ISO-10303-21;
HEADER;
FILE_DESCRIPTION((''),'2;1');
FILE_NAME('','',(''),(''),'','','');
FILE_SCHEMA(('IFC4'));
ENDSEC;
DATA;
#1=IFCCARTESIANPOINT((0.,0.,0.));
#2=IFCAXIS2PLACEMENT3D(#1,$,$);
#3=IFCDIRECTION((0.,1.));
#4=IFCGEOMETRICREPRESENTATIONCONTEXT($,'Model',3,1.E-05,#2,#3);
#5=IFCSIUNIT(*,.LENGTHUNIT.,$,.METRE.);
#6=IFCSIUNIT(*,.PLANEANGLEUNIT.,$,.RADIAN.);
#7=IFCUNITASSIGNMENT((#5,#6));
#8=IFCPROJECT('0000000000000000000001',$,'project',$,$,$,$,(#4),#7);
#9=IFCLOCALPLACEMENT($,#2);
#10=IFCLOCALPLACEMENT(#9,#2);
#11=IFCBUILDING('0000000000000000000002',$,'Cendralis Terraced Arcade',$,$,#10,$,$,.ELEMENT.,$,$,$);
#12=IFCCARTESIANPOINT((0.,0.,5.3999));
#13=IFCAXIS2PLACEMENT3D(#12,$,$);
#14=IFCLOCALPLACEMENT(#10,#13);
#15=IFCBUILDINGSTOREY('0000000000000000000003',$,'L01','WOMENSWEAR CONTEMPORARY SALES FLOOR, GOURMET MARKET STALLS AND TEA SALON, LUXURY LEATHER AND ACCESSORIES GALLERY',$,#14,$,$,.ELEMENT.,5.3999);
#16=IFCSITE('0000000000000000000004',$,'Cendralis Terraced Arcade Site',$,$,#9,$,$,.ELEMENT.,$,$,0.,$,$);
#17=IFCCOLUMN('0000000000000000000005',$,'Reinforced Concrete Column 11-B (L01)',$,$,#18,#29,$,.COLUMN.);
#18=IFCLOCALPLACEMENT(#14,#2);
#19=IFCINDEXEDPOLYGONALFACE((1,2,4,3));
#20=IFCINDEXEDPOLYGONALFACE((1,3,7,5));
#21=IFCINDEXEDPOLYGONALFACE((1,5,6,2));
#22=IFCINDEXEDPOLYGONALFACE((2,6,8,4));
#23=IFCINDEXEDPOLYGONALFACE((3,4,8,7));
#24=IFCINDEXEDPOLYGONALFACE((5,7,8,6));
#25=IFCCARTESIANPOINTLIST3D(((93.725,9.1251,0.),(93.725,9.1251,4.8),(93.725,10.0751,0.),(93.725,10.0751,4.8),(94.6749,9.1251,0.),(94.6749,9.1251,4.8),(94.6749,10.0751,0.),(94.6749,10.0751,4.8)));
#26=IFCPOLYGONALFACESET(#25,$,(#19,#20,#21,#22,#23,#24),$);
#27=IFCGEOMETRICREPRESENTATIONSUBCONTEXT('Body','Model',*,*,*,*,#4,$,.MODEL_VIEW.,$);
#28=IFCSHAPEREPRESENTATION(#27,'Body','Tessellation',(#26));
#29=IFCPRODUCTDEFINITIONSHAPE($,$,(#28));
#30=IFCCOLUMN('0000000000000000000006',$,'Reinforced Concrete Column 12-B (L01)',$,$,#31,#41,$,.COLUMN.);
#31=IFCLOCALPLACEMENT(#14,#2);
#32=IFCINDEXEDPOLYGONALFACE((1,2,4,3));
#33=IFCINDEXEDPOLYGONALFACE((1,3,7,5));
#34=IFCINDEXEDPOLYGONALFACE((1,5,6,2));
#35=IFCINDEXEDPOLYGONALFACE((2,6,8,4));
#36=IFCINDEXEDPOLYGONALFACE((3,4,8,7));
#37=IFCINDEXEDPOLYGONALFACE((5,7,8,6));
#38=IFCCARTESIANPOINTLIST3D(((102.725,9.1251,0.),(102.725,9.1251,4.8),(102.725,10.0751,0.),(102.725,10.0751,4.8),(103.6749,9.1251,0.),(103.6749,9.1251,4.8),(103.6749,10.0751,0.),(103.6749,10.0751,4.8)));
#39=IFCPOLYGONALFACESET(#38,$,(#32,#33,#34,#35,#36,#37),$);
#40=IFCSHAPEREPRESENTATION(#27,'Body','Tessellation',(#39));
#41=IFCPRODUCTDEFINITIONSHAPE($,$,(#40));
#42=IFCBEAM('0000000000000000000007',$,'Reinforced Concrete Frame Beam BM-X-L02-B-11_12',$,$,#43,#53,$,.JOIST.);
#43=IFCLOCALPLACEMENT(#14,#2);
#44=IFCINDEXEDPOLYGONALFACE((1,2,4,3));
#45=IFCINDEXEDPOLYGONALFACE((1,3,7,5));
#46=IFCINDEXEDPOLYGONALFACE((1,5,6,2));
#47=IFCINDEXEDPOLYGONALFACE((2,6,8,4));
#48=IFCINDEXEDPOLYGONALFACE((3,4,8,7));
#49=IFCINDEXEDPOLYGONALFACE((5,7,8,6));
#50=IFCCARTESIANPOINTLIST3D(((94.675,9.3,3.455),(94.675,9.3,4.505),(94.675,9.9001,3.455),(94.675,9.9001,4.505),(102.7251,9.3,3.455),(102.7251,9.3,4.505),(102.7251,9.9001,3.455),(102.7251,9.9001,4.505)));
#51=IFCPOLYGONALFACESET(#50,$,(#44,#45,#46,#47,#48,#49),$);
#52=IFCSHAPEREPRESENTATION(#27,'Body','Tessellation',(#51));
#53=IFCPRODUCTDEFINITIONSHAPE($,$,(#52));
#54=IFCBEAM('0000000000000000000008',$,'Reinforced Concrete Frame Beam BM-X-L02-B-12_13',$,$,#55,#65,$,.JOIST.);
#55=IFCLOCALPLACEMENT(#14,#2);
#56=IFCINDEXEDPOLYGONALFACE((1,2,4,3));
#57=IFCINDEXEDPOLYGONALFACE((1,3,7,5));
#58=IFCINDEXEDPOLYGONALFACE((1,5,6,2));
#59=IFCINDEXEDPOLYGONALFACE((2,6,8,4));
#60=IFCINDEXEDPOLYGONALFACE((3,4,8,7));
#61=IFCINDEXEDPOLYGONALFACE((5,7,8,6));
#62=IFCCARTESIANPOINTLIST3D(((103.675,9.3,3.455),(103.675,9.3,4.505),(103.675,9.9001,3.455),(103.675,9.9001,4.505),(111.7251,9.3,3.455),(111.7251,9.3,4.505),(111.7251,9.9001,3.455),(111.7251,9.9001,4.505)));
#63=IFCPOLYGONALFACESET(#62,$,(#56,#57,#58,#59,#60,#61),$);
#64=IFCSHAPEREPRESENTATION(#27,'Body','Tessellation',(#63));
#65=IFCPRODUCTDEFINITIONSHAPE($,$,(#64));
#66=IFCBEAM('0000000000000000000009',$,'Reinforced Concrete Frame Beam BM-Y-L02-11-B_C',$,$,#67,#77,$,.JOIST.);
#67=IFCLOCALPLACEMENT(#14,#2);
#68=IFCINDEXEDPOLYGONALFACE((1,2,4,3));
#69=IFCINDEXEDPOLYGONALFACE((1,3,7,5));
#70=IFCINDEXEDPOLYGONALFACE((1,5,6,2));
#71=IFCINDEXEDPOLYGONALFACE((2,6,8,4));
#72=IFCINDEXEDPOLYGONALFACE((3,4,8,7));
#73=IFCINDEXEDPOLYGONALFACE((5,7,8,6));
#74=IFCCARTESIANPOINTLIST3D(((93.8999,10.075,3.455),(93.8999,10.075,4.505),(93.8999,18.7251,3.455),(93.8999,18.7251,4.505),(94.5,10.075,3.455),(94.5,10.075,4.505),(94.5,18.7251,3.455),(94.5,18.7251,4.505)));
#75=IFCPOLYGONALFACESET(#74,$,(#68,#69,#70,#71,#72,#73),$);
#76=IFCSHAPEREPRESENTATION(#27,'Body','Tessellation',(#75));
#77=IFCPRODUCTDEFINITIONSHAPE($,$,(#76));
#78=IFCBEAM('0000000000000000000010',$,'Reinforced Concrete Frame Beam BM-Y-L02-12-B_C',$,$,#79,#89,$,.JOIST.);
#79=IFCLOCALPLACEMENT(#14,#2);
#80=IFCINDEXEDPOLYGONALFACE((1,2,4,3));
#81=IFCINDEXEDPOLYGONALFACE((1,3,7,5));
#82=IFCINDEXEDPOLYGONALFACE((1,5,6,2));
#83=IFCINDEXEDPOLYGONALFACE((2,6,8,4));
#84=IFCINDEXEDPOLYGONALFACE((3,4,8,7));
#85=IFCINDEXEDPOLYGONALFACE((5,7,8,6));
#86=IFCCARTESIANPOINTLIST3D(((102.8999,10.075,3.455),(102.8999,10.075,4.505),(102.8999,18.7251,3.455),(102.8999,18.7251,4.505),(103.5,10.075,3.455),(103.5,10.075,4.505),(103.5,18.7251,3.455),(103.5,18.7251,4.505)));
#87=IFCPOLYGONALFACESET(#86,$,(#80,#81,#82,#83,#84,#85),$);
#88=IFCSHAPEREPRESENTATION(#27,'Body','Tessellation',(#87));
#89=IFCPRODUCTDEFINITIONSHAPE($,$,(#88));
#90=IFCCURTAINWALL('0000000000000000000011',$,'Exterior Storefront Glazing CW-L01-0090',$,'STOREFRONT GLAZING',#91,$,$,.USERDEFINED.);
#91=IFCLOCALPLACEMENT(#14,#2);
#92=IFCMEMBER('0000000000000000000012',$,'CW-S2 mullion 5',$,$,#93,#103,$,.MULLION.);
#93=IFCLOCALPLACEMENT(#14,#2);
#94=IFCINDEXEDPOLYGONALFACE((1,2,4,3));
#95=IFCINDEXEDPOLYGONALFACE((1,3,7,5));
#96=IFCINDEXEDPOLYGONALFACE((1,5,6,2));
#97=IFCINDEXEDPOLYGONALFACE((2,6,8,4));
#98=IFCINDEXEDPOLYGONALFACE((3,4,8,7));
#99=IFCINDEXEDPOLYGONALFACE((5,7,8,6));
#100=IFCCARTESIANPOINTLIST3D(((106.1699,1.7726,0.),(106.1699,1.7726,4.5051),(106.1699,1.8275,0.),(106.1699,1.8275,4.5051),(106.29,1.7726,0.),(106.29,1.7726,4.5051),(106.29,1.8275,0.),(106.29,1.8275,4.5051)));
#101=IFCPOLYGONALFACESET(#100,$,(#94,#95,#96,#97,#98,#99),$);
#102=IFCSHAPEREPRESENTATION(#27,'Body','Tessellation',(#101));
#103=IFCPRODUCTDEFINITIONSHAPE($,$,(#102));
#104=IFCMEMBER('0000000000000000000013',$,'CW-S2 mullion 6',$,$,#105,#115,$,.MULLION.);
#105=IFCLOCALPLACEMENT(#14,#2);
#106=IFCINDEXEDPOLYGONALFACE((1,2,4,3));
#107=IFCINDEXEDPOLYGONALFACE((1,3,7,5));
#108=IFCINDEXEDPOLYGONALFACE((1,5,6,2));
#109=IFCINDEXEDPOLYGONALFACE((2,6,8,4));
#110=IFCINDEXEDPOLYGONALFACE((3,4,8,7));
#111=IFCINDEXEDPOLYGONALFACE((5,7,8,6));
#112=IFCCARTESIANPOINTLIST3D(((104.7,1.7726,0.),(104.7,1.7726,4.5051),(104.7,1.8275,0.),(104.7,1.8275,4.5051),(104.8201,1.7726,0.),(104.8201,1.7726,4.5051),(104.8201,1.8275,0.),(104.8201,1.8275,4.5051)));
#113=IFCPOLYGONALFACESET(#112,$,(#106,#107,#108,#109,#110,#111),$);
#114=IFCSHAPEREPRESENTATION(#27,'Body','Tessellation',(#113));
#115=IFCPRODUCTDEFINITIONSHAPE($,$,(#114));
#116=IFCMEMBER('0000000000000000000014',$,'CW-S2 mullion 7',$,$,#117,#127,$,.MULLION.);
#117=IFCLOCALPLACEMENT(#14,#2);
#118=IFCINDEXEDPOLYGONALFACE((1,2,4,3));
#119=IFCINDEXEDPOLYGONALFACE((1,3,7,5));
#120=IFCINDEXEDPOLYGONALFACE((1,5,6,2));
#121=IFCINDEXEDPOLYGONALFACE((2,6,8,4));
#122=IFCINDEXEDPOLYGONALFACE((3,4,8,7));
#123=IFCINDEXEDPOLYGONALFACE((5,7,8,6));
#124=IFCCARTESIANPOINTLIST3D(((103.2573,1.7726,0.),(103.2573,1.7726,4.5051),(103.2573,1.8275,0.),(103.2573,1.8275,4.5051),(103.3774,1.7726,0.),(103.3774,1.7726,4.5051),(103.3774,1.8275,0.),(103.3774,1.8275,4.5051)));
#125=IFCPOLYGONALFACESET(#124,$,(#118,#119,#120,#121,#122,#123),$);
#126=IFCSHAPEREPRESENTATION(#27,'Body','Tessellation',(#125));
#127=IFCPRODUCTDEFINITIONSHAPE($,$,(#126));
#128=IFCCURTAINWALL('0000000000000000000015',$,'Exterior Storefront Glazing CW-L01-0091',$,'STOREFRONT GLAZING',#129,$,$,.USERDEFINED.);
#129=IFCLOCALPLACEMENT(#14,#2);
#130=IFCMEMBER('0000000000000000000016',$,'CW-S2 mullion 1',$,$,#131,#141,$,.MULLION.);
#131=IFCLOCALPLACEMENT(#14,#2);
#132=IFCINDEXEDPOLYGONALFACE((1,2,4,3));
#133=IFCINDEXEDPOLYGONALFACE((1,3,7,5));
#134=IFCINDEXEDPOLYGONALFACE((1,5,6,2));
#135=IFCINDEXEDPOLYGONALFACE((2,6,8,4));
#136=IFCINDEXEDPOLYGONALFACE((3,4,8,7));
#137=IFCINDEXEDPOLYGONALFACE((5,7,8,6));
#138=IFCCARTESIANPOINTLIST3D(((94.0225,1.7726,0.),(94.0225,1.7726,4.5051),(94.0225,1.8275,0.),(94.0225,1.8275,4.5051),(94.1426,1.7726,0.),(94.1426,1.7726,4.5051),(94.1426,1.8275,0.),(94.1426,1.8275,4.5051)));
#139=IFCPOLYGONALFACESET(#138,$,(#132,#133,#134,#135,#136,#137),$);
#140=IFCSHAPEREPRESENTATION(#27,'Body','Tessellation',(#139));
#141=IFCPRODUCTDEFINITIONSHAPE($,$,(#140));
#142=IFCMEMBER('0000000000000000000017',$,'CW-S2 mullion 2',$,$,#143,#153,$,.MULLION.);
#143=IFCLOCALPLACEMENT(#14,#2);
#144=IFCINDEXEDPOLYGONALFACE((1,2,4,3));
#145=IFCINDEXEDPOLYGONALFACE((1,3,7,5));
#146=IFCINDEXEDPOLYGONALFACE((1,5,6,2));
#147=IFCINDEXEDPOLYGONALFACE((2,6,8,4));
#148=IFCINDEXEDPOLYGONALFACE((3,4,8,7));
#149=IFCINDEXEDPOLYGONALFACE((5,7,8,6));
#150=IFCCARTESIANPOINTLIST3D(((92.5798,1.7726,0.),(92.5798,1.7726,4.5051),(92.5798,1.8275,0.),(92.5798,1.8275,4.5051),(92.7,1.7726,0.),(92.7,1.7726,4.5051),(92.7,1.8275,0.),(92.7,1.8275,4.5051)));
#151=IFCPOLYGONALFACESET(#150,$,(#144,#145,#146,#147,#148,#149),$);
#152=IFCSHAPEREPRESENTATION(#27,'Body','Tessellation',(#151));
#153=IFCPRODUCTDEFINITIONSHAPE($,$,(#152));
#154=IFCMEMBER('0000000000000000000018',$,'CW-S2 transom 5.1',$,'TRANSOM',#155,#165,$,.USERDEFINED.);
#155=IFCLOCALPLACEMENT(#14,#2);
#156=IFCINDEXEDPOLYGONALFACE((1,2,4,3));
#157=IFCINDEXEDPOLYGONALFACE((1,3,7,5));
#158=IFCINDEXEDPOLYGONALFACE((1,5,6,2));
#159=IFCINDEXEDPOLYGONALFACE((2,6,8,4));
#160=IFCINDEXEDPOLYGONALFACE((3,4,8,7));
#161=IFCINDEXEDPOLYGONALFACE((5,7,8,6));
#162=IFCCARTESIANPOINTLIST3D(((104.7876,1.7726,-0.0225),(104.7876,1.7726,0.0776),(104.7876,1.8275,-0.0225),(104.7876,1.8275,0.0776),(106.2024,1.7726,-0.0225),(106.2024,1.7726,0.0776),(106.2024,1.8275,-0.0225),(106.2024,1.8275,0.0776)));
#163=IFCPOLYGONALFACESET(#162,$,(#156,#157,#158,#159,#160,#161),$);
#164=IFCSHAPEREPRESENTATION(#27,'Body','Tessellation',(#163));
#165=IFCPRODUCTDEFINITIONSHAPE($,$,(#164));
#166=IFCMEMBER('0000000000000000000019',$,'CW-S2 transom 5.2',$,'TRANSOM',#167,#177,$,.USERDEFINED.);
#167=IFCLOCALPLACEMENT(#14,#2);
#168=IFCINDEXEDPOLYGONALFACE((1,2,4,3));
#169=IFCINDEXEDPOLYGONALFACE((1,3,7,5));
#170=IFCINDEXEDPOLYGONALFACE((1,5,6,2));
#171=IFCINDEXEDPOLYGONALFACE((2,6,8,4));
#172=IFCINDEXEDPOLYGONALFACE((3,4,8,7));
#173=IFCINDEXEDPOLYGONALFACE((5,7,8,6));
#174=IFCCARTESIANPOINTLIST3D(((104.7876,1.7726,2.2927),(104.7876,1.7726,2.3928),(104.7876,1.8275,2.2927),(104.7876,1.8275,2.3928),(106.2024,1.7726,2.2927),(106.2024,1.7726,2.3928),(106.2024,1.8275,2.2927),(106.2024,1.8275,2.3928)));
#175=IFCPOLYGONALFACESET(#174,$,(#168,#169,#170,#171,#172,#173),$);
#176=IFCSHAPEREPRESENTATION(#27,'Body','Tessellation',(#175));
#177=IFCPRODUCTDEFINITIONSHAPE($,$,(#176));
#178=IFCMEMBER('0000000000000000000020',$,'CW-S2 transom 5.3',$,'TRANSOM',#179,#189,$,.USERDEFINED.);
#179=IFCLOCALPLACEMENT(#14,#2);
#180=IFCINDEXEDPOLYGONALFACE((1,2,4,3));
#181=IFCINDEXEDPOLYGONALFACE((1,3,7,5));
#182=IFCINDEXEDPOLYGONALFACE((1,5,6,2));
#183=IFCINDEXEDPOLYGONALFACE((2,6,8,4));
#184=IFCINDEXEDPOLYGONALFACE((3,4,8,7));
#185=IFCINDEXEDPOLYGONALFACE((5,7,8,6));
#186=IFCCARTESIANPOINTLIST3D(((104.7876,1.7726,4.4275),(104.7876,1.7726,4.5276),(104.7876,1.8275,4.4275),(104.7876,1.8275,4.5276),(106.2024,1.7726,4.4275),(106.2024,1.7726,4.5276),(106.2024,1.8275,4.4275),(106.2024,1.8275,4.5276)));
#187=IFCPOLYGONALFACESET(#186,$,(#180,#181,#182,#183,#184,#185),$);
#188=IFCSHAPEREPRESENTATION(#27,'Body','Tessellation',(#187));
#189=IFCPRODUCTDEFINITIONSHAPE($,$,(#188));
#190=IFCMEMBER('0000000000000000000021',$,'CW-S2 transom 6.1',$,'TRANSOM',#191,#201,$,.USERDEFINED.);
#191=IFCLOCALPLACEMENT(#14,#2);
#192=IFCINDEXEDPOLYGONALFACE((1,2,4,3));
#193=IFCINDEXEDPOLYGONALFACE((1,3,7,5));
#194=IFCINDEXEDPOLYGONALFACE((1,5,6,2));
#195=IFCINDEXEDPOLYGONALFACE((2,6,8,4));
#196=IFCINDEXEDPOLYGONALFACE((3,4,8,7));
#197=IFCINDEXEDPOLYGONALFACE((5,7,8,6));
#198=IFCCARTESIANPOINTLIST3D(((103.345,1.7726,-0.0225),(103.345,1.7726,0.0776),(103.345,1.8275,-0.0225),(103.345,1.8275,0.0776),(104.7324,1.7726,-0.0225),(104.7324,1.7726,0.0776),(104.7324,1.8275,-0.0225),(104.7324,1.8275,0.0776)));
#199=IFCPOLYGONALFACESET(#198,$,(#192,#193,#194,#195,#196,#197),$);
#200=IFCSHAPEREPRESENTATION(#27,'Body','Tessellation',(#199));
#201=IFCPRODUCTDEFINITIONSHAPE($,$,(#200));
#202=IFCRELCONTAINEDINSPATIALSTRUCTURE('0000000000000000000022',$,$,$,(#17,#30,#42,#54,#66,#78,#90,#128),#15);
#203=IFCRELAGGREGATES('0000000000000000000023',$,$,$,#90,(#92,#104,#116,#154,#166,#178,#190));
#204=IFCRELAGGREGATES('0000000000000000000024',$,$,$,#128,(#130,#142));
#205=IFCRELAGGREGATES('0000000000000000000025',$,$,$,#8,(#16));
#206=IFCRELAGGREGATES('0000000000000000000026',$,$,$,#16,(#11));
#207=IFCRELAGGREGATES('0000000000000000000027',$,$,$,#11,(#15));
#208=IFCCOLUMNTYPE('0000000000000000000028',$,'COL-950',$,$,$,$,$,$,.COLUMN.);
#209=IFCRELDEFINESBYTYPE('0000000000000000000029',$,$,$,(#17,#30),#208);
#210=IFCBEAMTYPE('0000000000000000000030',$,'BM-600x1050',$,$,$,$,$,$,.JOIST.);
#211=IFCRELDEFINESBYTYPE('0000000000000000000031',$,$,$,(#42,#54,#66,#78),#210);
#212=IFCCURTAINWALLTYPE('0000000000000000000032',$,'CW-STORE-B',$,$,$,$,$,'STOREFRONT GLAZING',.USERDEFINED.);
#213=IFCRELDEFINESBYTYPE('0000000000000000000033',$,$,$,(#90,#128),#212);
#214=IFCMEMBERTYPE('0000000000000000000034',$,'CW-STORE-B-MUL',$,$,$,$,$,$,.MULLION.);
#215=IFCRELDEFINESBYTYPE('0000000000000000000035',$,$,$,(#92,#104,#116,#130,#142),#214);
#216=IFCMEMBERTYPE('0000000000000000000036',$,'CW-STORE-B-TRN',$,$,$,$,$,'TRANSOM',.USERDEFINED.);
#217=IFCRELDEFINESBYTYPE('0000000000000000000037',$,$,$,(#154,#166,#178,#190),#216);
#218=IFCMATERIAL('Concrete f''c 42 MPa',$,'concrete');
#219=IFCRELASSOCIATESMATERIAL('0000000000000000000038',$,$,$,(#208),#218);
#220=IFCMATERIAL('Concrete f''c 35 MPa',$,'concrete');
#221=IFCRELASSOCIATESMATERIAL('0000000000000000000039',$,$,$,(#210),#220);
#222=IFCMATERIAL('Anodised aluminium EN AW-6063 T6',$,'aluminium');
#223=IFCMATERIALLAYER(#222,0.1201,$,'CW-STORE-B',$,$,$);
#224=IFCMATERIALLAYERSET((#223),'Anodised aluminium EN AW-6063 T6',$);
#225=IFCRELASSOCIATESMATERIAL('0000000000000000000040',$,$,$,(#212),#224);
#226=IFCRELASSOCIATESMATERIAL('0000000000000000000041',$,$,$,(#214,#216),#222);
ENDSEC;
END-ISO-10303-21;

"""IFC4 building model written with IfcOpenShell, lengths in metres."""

from ifc_helpers import new_model, si_unit, direction, frame, origin, origin_2d, place, context, subcontext, project, spatial, rectangle, extrude, material, layer, layer_set, material_profile, profile_set, type_object, element, aggregate, save


model = new_model("IFC4")

# Units and contexts
model_context = context("Model", 3, precision=1e-05, world=origin(), true_north=direction((0.0, 1.0)))
body_context = subcontext(model_context, "Body", "Model", "MODEL_VIEW")
ifc_project = project(units=[si_unit("LENGTHUNIT", "METRE"), si_unit("PLANEANGLEUNIT", "RADIAN")], contexts=[model_context])

# Site, building, storey
site_placement = place(None, origin())
site = spatial("IfcSite", under=ifc_project, at=site_placement, Name="Cendralis Terraced Arcade Site", CompositionType="ELEMENT", RefElevation=0.0)
building_placement = place(site_placement, origin())
building = spatial("IfcBuilding", under=site, at=building_placement, Name="Cendralis Terraced Arcade", CompositionType="ELEMENT")
storey_placement = place(building_placement, frame((0.0, 0.0, 5.3999)))
storey = spatial("IfcBuildingStorey", under=building, at=storey_placement, Name="L01", Description="WOMENSWEAR CONTEMPORARY SALES FLOOR, GOURMET MARKET STALLS AND TEA SALON, LUXURY LEATHER AND ACCESSORIES GALLERY", CompositionType="ELEMENT", Elevation=5.3999)

# Columns
ifc_material_1 = material(Name="Concrete f'c 42 MPa", Category="concrete")
ifc_material_profile_1 = material_profile(ifc_material_1, rectangle(XDim=0.95, YDim=0.95, at=origin_2d()), Name="RC-COL-950x950", Category="LoadBearing")
ifc_profile_set_1 = profile_set([ifc_material_profile_1], Name="Concrete f'c 42 MPa")
column_type = type_object("IfcColumnType", Name="COL-950", PredefinedType="COLUMN", material=ifc_profile_set_1)
for number, where, z_axis, x_axis, name in (
    (1, (94.2, 9.6001, 0.0), (0.0, 0.0, 1.0), (1.0, 0.0, 0.0), "Reinforced Concrete Column 11-B (L01)"),
    (2, (103.2, 9.6001, 0.0), (0.0, 0.0, 1.0), (1.0, 0.0, 0.0), "Reinforced Concrete Column 12-B (L01)"),
):
    element("IfcColumn", number, at=place(storey_placement, frame(where, z_axis=z_axis, x_axis=x_axis)), inside=storey, type_object=column_type, Name=name, PredefinedType="COLUMN", context=body_context, shape_type="SweptSolid", body=[
        extrude(rectangle(XDim=0.95, YDim=0.95, at=origin_2d()), origin(), (0.0, 0.0, 1.0), 4.8),
    ])

# Beams
ifc_material_2 = material(Name="Concrete f'c 35 MPa", Category="concrete")
ifc_material_profile_2 = material_profile(ifc_material_2, rectangle(XDim=0.6001, YDim=1.05, at=origin_2d()), Name="RC-BM-600x1050", Category="LoadBearing")
ifc_profile_set_2 = profile_set([ifc_material_profile_2], Name="Concrete f'c 35 MPa")
beam_type = type_object("IfcBeamType", Name="BM-600x1050", PredefinedType="JOIST", material=ifc_profile_set_2)
for number, where, z_axis, x_axis, name in (
    (3, (94.675, 9.6001, 3.98), (1.0, 0.0, 0.0), (0.0, 1.0, 0.0), "Reinforced Concrete Frame Beam BM-X-L02-B-11_12"),
    (4, (103.675, 9.6001, 3.98), (1.0, 0.0, 0.0), (0.0, 1.0, 0.0), "Reinforced Concrete Frame Beam BM-X-L02-B-12_13"),
):
    element("IfcBeam", number, at=place(storey_placement, frame(where, z_axis=z_axis, x_axis=x_axis)), inside=storey, type_object=beam_type, Name=name, PredefinedType="JOIST", context=body_context, shape_type="SweptSolid", body=[
        extrude(rectangle(XDim=0.6001, YDim=1.05, at=origin_2d()), origin(), (0.0, 0.0, 1.0), 8.05),
    ])
for number, where, z_axis, x_axis, name in (
    (5, (94.2, 10.075, 3.98), (0.0, 1.0, 0.0), (-1.0, 0.0, 0.0), "Reinforced Concrete Frame Beam BM-Y-L02-11-B_C"),
    (6, (103.2, 10.075, 3.98), (0.0, 1.0, 0.0), (-1.0, 0.0, 0.0), "Reinforced Concrete Frame Beam BM-Y-L02-12-B_C"),
):
    element("IfcBeam", number, at=place(storey_placement, frame(where, z_axis=z_axis, x_axis=x_axis)), inside=storey, type_object=beam_type, Name=name, PredefinedType="JOIST", context=body_context, shape_type="SweptSolid", body=[
        extrude(rectangle(XDim=0.6001, YDim=1.05, at=origin_2d()), origin(), (0.0, 0.0, 1.0), 8.6501),
    ])

# Curtain walls, members
ifc_material_3 = material(Name="Anodised aluminium EN AW-6063 T6", Category="aluminium")
ifc_layer_1 = layer(ifc_material_3, 0.1201, Name="CW-STORE-B")
ifc_layer_set_1 = layer_set([ifc_layer_1], Name="Anodised aluminium EN AW-6063 T6")
curtain_wall_type = type_object("IfcCurtainWallType", Name="CW-STORE-B", ElementType="STOREFRONT GLAZING", PredefinedType="USERDEFINED", material=ifc_layer_set_1)
curtain_wall_1_placement = place(storey_placement, origin())
curtain_wall_1 = element("IfcCurtainWall", 7, at=curtain_wall_1_placement, inside=storey, type_object=curtain_wall_type, Name="Exterior Storefront Glazing CW-L01-0090", ObjectType="STOREFRONT GLAZING", PredefinedType="USERDEFINED")
ifc_material_profile_3 = material_profile(ifc_material_3, rectangle(XDim=0.0549, YDim=0.1201, at=origin_2d()), Name="ALU-MUL-55x120")
ifc_profile_set_3 = profile_set([ifc_material_profile_3], Name="Anodised aluminium EN AW-6063 T6")
member_type_1 = type_object("IfcMemberType", Name="CW-STORE-B-MUL", PredefinedType="MULLION", material=ifc_profile_set_3)
member_1_placement = place(storey_placement, frame((106.23, 1.8, 0.0), z_axis=(0.0, 0.0, 1.0), x_axis=(0.0, -1.0, 0.0)))
member_1 = element("IfcMember", 8, at=member_1_placement, type_object=member_type_1, Name="CW-S2 mullion 5", PredefinedType="MULLION", context=body_context, shape_type="SweptSolid", body=[
    extrude(rectangle(XDim=0.0549, YDim=0.1201, at=origin_2d()), origin(), (0.0, 0.0, 1.0), 4.5051),
])
member_2_placement = place(storey_placement, frame((104.76, 1.8, 0.0), z_axis=(0.0, 0.0, 1.0), x_axis=(0.0, -1.0, 0.0)))
member_2 = element("IfcMember", 9, at=member_2_placement, type_object=member_type_1, Name="CW-S2 mullion 6", PredefinedType="MULLION", context=body_context, shape_type="SweptSolid", body=[
    extrude(rectangle(XDim=0.0549, YDim=0.1201, at=origin_2d()), origin(), (0.0, 0.0, 1.0), 4.5051),
])
member_3_placement = place(storey_placement, frame((103.3174, 1.8, 0.0), z_axis=(0.0, 0.0, 1.0), x_axis=(0.0, -1.0, 0.0)))
member_3 = element("IfcMember", 10, at=member_3_placement, type_object=member_type_1, Name="CW-S2 mullion 7", PredefinedType="MULLION", context=body_context, shape_type="SweptSolid", body=[
    extrude(rectangle(XDim=0.0549, YDim=0.1201, at=origin_2d()), origin(), (0.0, 0.0, 1.0), 4.5051),
])
curtain_wall_2_placement = place(storey_placement, origin())
curtain_wall_2 = element("IfcCurtainWall", 11, at=curtain_wall_2_placement, inside=storey, type_object=curtain_wall_type, Name="Exterior Storefront Glazing CW-L01-0091", ObjectType="STOREFRONT GLAZING", PredefinedType="USERDEFINED")
member_4_placement = place(storey_placement, frame((94.0825, 1.8, 0.0), z_axis=(0.0, 0.0, 1.0), x_axis=(0.0, -1.0, 0.0)))
member_4 = element("IfcMember", 12, at=member_4_placement, type_object=member_type_1, Name="CW-S2 mullion 1", PredefinedType="MULLION", context=body_context, shape_type="SweptSolid", body=[
    extrude(rectangle(XDim=0.0549, YDim=0.1201, at=origin_2d()), origin(), (0.0, 0.0, 1.0), 4.5051),
])
member_5_placement = place(storey_placement, frame((92.6399, 1.8, 0.0), z_axis=(0.0, 0.0, 1.0), x_axis=(0.0, -1.0, 0.0)))
member_5 = element("IfcMember", 13, at=member_5_placement, type_object=member_type_1, Name="CW-S2 mullion 2", PredefinedType="MULLION", context=body_context, shape_type="SweptSolid", body=[
    extrude(rectangle(XDim=0.0549, YDim=0.1201, at=origin_2d()), origin(), (0.0, 0.0, 1.0), 4.5051),
])

# Members
ifc_material_profile_4 = material_profile(ifc_material_3, rectangle(XDim=0.0549, YDim=0.1001, at=origin_2d()), Name="ALU-TRN-55x100")
ifc_profile_set_4 = profile_set([ifc_material_profile_4], Name="Anodised aluminium EN AW-6063 T6")
member_type_2 = type_object("IfcMemberType", Name="CW-STORE-B-TRN", ElementType="TRANSOM", PredefinedType="USERDEFINED", material=ifc_profile_set_4)
member_6_placement = place(storey_placement, frame((106.2024, 1.8, 0.0276), z_axis=(-1.0, 0.0, 0.0), x_axis=(0.0, -1.0, 0.0)))
member_6 = element("IfcMember", 14, at=member_6_placement, type_object=member_type_2, Name="CW-S2 transom 5.1", ObjectType="TRANSOM", PredefinedType="USERDEFINED", context=body_context, shape_type="SweptSolid", body=[
    extrude(rectangle(XDim=0.0549, YDim=0.1001, at=origin_2d()), origin(), (0.0, 0.0, 1.0), 1.4148),
])
member_7_placement = place(storey_placement, frame((106.2024, 1.8, 2.3428), z_axis=(-1.0, 0.0, 0.0), x_axis=(0.0, -1.0, 0.0)))
member_7 = element("IfcMember", 15, at=member_7_placement, type_object=member_type_2, Name="CW-S2 transom 5.2", ObjectType="TRANSOM", PredefinedType="USERDEFINED", context=body_context, shape_type="SweptSolid", body=[
    extrude(rectangle(XDim=0.0549, YDim=0.1001, at=origin_2d()), origin(), (0.0, 0.0, 1.0), 1.4148),
])
member_8_placement = place(storey_placement, frame((106.2024, 1.8, 4.4775), z_axis=(-1.0, 0.0, 0.0), x_axis=(0.0, -1.0, 0.0)))
member_8 = element("IfcMember", 16, at=member_8_placement, type_object=member_type_2, Name="CW-S2 transom 5.3", ObjectType="TRANSOM", PredefinedType="USERDEFINED", context=body_context, shape_type="SweptSolid", body=[
    extrude(rectangle(XDim=0.0549, YDim=0.1001, at=origin_2d()), origin(), (0.0, 0.0, 1.0), 1.4148),
])
member_9_placement = place(storey_placement, frame((104.7324, 1.8, 0.0276), z_axis=(-1.0, 0.0, 0.0), x_axis=(0.0, -1.0, 0.0)))
member_9 = element("IfcMember", 17, at=member_9_placement, type_object=member_type_2, Name="CW-S2 transom 6.1", ObjectType="TRANSOM", PredefinedType="USERDEFINED", context=body_context, shape_type="SweptSolid", body=[
    extrude(rectangle(XDim=0.0549, YDim=0.1001, at=origin_2d()), origin(), (0.0, 0.0, 1.0), 1.3875),
])

aggregate(curtain_wall_1, [member_1, member_2, member_3, member_6, member_7, member_8, member_9])
aggregate(curtain_wall_2, [member_4, member_5])

save(model, "model.ifc")
